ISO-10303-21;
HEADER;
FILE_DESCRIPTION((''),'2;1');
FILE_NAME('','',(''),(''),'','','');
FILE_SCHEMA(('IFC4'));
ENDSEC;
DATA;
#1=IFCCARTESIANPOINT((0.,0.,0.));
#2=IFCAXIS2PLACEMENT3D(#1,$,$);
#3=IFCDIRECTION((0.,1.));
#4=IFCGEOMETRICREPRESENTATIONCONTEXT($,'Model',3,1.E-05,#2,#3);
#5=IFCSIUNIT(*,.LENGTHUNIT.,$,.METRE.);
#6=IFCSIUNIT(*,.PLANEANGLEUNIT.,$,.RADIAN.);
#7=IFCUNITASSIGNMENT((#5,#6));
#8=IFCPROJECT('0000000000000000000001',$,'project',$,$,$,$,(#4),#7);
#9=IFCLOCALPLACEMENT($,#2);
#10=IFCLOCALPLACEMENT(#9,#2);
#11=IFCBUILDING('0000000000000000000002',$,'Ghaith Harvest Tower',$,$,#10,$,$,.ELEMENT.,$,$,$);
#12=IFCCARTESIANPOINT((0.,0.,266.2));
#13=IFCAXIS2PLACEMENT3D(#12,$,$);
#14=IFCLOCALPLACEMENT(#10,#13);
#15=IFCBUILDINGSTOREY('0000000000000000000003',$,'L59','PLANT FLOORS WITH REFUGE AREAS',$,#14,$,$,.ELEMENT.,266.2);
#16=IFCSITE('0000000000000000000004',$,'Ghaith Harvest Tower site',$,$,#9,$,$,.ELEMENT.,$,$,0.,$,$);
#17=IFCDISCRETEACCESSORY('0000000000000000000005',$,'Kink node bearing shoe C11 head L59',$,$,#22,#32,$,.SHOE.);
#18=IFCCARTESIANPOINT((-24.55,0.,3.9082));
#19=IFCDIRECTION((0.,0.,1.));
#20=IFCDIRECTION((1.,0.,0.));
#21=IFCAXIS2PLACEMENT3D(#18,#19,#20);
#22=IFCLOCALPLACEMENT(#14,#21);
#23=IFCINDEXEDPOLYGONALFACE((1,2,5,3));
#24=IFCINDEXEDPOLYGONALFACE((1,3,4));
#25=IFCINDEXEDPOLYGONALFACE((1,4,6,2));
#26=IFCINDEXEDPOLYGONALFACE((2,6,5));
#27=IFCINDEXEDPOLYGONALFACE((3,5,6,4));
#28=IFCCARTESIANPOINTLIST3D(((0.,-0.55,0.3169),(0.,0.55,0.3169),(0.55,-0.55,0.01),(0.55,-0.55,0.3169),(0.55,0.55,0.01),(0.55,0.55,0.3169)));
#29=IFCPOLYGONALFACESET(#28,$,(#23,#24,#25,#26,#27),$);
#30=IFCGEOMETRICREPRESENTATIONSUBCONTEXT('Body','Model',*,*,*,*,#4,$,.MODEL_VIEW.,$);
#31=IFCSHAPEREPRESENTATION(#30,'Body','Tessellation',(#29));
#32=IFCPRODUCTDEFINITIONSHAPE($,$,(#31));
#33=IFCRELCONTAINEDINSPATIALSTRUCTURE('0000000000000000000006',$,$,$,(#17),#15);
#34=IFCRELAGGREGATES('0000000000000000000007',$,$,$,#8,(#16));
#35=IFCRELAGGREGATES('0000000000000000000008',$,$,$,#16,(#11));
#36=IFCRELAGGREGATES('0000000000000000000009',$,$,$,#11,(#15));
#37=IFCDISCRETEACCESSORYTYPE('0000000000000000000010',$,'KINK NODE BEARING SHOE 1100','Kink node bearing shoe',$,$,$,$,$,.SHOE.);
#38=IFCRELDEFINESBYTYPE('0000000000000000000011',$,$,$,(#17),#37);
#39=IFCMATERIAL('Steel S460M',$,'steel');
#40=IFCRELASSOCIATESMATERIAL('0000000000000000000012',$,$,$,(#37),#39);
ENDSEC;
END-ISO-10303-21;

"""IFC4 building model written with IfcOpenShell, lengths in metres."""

from ifc_helpers import new_model, si_unit, direction, frame, origin, origin_2d, place, context, subcontext, project, spatial, rectangle, extrude, clip, halfspace, material, material_profile, profile_set, type_object, element, save


model = new_model("IFC4")

# Units and contexts
model_context = context("Model", 3, precision=1e-05, world=origin(), true_north=direction((0.0, 1.0)))
body_context = subcontext(model_context, "Body", "Model", "MODEL_VIEW")
ifc_project = project(units=[si_unit("LENGTHUNIT", "METRE"), si_unit("PLANEANGLEUNIT", "RADIAN")], contexts=[model_context])

# Site, building, storey
site_placement = place(None, origin())
site = spatial("IfcSite", under=ifc_project, at=site_placement, Name="Ghaith Harvest Tower site", CompositionType="ELEMENT", RefElevation=0.0)
building_placement = place(site_placement, origin())
building = spatial("IfcBuilding", under=site, at=building_placement, Name="Ghaith Harvest Tower", CompositionType="ELEMENT")
storey_placement = place(building_placement, frame((0.0, 0.0, 266.2)))
storey = spatial("IfcBuildingStorey", under=building, at=storey_placement, Name="L59", Description="PLANT FLOORS WITH REFUGE AREAS", CompositionType="ELEMENT", Elevation=266.2)

# Discrete accessory
ifc_material_1 = material(Name="Steel S460M", Category="steel")
ifc_material_profile_1 = material_profile(ifc_material_1, rectangle(XDim=1.1001, YDim=1.1001, at=origin_2d()), Name="KINK NODE BEARING SHOE 1100")
ifc_profile_set_1 = profile_set([ifc_material_profile_1], Name="Steel S460M")
discrete_accessory_type = type_object("IfcDiscreteAccessoryType", Name="KINK NODE BEARING SHOE 1100", Description="Kink node bearing shoe", PredefinedType="SHOE", material=ifc_profile_set_1)
discrete_accessory_1_placement = place(storey_placement, frame((-24.55, 0.0, 3.9082), z_axis=(0.0, 0.0, 1.0), x_axis=(1.0, 0.0, 0.0)))
element("IfcDiscreteAccessory", 1, at=discrete_accessory_1_placement, inside=storey, type_object=discrete_accessory_type, Name="Kink node bearing shoe C11 head L59", PredefinedType="SHOE", context=body_context, shape_type="Clipping", body=[
    clip(extrude(rectangle(XDim=1.1001, YDim=1.1001, at=origin_2d()), origin(), (0.0, 0.0, 1.0), 0.3169), halfspace(frame((0.0, 0.0, 0.3169), z_axis=(-0.487254, 0.0, -0.87326), x_axis=(1.0, 0.0, 0.0)), False)),
])

save(model, "model.ifc")
